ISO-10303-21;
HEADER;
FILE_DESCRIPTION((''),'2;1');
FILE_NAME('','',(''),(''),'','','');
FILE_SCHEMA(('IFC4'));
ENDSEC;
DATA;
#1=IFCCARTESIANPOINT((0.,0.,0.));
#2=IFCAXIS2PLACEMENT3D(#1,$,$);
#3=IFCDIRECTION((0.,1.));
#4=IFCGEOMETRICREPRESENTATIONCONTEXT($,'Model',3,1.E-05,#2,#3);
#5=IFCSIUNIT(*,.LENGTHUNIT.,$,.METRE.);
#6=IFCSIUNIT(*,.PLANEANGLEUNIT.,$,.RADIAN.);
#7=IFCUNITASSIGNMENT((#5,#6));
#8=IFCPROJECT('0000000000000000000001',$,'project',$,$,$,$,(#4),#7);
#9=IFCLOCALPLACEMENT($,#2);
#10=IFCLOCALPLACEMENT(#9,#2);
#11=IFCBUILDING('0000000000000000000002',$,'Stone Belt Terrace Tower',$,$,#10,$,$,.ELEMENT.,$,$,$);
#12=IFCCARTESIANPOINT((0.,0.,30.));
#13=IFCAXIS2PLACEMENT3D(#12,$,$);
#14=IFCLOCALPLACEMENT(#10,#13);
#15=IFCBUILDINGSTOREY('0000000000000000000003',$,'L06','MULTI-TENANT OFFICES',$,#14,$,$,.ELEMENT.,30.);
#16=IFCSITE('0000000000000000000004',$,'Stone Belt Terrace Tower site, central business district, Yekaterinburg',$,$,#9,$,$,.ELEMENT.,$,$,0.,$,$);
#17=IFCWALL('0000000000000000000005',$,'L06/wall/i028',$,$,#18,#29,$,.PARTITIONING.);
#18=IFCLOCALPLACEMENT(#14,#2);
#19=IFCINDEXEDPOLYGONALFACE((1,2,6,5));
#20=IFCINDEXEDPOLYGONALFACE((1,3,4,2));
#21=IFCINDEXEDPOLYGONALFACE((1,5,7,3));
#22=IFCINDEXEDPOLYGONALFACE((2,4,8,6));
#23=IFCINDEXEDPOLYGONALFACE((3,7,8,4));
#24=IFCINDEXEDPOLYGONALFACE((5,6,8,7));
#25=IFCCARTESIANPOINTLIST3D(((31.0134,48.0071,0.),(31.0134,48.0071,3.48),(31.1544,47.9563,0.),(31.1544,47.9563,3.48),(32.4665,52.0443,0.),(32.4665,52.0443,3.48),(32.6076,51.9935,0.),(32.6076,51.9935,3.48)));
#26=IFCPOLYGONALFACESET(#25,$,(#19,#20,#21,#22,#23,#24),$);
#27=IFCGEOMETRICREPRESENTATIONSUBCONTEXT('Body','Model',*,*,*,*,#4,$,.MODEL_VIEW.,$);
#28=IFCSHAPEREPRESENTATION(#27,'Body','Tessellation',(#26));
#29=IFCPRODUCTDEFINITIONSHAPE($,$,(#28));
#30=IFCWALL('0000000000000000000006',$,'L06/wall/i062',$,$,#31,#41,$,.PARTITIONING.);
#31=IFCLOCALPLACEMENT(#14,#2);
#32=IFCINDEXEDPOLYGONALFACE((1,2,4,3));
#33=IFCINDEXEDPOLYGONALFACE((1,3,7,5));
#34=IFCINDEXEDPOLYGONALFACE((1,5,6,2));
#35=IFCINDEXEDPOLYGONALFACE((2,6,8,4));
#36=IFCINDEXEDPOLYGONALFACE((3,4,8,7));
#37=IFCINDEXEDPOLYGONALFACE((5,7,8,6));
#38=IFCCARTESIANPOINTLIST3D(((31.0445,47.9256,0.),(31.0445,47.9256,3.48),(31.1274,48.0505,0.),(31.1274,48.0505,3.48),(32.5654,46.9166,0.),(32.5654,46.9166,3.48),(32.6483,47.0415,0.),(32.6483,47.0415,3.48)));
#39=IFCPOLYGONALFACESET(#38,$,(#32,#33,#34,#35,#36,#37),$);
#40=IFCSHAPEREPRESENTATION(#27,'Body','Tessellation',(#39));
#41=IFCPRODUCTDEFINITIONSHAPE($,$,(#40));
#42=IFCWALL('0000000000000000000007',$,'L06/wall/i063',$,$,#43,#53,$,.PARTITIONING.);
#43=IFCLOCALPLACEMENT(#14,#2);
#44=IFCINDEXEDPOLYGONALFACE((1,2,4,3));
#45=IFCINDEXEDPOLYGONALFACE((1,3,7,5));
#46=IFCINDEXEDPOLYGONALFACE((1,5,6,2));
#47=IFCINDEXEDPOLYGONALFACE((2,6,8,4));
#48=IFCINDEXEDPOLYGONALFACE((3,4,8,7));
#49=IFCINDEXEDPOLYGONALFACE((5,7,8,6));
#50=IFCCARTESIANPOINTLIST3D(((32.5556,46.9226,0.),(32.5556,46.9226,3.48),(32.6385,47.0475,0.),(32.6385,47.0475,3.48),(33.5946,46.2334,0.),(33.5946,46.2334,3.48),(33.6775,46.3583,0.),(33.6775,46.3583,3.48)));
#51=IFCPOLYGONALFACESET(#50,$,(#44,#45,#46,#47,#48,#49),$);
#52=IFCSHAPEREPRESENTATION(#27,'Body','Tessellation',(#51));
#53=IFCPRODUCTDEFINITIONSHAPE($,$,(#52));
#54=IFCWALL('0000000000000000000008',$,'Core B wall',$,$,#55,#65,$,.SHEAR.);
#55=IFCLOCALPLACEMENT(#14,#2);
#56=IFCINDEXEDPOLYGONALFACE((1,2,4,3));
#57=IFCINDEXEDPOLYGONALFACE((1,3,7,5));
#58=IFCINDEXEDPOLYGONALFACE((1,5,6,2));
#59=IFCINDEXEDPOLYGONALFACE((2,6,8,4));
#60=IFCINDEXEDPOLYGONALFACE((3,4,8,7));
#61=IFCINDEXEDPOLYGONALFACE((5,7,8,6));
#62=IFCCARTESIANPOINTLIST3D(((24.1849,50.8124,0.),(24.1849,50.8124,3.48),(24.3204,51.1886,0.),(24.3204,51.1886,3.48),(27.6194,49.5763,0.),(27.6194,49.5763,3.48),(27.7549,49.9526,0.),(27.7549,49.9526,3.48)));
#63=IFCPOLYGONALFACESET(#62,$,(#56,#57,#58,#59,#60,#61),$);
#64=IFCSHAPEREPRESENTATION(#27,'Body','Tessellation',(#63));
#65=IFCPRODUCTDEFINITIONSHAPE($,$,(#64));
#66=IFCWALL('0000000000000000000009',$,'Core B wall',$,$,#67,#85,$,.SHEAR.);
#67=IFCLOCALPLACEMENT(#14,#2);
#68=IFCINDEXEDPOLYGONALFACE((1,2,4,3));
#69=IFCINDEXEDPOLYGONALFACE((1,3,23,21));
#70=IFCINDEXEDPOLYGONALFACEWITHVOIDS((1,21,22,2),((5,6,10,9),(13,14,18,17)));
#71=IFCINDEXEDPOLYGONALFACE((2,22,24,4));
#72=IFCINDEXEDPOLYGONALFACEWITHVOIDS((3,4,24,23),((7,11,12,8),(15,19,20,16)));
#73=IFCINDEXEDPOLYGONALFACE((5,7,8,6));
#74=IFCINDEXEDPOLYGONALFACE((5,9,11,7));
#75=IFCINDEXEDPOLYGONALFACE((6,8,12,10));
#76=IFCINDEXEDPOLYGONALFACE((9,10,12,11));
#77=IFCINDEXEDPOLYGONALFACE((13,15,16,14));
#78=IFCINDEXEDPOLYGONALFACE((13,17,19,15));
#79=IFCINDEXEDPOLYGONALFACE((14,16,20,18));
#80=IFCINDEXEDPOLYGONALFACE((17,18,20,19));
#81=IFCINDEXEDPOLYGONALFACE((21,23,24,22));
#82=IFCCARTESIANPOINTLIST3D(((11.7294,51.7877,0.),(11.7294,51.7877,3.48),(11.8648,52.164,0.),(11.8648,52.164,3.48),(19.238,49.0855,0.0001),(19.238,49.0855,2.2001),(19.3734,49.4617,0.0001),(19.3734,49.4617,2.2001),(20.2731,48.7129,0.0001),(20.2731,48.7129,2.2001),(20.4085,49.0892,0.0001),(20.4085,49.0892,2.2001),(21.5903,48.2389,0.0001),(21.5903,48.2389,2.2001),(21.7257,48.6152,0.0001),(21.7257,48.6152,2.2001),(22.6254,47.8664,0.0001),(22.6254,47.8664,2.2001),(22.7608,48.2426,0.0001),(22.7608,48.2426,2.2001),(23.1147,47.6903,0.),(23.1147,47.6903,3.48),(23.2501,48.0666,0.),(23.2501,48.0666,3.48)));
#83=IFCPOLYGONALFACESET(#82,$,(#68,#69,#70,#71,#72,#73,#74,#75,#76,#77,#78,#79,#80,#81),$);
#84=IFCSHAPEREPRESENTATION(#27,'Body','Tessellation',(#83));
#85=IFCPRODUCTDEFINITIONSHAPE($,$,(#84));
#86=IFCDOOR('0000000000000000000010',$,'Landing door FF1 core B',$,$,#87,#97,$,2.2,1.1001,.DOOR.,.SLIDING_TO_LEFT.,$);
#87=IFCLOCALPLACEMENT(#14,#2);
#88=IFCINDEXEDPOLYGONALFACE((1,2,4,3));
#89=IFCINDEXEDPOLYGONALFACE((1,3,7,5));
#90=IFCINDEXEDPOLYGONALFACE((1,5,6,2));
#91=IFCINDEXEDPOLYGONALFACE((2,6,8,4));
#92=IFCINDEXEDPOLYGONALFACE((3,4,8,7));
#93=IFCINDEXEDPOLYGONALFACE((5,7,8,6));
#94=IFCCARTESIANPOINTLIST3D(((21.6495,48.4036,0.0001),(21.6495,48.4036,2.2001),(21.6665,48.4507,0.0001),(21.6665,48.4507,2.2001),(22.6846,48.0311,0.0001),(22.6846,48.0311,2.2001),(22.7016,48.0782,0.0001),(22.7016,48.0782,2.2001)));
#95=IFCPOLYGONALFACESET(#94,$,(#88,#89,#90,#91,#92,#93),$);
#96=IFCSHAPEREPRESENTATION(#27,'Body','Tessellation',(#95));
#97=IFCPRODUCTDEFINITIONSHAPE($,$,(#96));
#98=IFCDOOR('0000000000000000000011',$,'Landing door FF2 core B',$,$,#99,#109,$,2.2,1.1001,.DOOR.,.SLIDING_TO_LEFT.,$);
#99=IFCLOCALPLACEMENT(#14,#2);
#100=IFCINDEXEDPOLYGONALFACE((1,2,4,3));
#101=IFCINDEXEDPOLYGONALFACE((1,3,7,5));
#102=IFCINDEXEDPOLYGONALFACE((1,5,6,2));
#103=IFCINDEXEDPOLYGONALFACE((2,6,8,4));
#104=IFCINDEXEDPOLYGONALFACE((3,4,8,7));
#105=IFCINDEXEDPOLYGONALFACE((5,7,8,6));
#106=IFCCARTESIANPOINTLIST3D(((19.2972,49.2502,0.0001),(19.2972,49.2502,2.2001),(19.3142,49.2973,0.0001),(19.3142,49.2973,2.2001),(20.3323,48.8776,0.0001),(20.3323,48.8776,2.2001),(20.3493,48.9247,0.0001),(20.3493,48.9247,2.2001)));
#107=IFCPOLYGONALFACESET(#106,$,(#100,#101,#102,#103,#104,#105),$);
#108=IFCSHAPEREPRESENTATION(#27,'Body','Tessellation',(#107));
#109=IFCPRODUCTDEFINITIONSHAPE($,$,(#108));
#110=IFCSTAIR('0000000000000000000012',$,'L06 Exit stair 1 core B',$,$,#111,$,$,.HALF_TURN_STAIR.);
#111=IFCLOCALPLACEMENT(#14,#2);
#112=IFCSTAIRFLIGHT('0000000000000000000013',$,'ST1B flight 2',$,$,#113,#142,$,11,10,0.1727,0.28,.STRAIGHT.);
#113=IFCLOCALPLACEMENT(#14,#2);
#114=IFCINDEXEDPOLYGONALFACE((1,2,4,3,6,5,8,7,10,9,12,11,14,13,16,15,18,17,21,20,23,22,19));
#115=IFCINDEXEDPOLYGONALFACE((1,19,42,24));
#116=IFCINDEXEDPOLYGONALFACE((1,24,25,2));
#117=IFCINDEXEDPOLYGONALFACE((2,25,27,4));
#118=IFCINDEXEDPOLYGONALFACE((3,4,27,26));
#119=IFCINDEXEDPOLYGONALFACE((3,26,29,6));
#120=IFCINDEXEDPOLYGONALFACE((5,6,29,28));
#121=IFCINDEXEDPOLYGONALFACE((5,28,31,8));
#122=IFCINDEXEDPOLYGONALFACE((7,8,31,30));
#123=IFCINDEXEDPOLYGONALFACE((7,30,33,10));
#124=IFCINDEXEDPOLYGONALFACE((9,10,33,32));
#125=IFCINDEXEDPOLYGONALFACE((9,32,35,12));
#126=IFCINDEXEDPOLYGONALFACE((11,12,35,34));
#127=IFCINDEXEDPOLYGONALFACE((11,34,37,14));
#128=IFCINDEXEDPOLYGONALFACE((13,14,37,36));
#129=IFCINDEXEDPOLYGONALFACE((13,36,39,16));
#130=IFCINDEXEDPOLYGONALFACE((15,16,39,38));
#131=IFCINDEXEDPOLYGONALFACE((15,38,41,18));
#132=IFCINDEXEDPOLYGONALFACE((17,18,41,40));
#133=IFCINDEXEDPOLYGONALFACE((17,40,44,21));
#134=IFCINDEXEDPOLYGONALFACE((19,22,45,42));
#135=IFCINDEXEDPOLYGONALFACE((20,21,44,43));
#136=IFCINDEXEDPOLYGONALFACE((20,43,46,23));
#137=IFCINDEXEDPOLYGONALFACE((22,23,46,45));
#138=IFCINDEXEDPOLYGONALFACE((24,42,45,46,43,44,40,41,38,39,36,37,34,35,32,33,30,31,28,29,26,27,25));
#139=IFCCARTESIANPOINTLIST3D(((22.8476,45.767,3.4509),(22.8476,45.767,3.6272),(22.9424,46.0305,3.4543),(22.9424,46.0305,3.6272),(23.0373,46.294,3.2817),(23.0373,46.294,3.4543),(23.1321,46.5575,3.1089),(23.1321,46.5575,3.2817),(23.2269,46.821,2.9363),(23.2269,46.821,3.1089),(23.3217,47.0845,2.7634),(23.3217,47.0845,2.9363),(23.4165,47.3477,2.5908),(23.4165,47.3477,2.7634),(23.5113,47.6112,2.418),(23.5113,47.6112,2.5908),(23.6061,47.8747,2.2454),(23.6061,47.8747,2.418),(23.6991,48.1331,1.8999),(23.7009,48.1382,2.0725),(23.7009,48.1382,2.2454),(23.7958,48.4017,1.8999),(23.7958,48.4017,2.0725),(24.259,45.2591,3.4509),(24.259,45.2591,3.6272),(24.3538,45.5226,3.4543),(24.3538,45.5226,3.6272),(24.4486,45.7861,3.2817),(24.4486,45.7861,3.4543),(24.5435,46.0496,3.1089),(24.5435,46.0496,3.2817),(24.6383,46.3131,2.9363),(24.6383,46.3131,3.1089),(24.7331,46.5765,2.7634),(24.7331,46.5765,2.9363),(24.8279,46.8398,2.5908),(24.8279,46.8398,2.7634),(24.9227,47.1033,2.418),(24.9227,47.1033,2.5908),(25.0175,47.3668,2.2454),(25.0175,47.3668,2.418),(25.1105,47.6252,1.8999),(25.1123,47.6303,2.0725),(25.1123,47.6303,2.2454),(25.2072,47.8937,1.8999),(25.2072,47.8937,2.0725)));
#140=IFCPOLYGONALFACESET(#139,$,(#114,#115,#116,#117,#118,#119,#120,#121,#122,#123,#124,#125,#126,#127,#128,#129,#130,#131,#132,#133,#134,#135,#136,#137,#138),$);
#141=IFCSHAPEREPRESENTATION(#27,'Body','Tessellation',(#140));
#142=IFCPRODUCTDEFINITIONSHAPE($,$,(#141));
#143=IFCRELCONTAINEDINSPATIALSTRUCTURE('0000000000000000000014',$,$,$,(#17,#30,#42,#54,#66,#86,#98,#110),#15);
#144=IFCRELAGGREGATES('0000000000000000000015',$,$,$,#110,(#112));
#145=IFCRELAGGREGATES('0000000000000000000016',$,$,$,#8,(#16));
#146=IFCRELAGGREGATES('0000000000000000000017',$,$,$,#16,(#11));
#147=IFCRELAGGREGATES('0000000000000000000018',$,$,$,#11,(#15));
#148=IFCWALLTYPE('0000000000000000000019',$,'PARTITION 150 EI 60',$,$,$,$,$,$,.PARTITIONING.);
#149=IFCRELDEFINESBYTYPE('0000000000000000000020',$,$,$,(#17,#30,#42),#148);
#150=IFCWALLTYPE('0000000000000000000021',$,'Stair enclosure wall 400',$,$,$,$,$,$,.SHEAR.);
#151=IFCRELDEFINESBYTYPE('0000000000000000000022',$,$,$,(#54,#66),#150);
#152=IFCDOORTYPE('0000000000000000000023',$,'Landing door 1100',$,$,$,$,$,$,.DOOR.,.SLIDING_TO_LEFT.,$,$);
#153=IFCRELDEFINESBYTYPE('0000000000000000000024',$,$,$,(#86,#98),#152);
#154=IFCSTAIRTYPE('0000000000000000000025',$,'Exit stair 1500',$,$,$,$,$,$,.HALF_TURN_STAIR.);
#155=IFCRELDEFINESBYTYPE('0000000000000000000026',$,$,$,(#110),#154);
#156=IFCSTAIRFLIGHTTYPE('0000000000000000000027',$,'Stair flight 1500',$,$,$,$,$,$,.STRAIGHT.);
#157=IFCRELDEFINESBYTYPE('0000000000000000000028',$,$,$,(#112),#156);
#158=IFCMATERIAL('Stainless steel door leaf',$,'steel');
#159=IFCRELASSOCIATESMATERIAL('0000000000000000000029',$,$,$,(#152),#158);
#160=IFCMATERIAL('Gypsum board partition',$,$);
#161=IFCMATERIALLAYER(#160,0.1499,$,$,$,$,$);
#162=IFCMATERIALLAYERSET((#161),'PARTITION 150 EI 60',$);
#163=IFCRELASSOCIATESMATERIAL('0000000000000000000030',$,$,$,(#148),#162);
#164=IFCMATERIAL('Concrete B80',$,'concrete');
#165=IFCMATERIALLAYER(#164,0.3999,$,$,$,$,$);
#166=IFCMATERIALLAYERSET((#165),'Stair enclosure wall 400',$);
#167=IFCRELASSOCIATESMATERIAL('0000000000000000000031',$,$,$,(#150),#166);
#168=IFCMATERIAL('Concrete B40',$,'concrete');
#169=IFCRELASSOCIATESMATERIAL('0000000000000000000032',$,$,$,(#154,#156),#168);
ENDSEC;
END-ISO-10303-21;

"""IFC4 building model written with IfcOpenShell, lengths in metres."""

from ifc_helpers import new_model, si_unit, direction, frame, frame_2d, origin, place, context, subcontext, project, spatial, polyline, rectangle, outline, extrude, material, layer, layer_set, type_object, element, fill, aggregate, save


model = new_model("IFC4")

# Units and contexts
model_context = context("Model", 3, precision=1e-05, world=origin(), true_north=direction((0.0, 1.0)))
body_context = subcontext(model_context, "Body", "Model", "MODEL_VIEW")
ifc_project = project(units=[si_unit("LENGTHUNIT", "METRE"), si_unit("PLANEANGLEUNIT", "RADIAN")], contexts=[model_context])

# Site, building, storey
site_placement = place(None, origin())
site = spatial("IfcSite", under=ifc_project, at=site_placement, Name="Stone Belt Terrace Tower site, central business district, Yekaterinburg", CompositionType="ELEMENT", RefElevation=0.0)
building_placement = place(site_placement, origin())
building = spatial("IfcBuilding", under=site, at=building_placement, Name="Stone Belt Terrace Tower", CompositionType="ELEMENT")
storey_placement = place(building_placement, frame((0.0, 0.0, 30.0)))
storey = spatial("IfcBuildingStorey", under=building, at=storey_placement, Name="L06", Description="MULTI-TENANT OFFICES", CompositionType="ELEMENT", Elevation=30.0)

# Shared definitions
ifc_material_1 = material(Name="Concrete B80", Category="concrete")

# Shared definitions
ifc_material_2 = material(Name="Stainless steel door leaf", Category="steel")

# Shared definitions
door_type_1 = type_object("IfcDoorType", Name="Landing door 1100", OperationType="SLIDING_TO_LEFT", PredefinedType="DOOR", material=ifc_material_2)

# Shared definitions
ifc_material_3 = material(Name="Gypsum board partition")
ifc_layer_1 = layer(ifc_material_3, 0.1499)
ifc_layer_set_1 = layer_set([ifc_layer_1], Name="PARTITION 150 EI 60")
wall_type_1 = type_object("IfcWallType", Name="PARTITION 150 EI 60", PredefinedType="PARTITIONING", material=ifc_layer_set_1)

# Walls
wall_1_placement = place(storey_placement, frame((32.5371, 52.019, 0.0), z_axis=(0.0, 0.0, 1.0), x_axis=(-0.338671, -0.940905, 0.0)))
element("IfcWall", 1, at=wall_1_placement, inside=storey, type_object=wall_type_1, Name="L06/wall/i028", PredefinedType="PARTITIONING", context=body_context, shape_type="SweptSolid", body=[
    extrude(rectangle(XDim=4.2908, YDim=0.1499, at=frame_2d((2.1455, 0.0))), origin(), (0.0, 0.0, 1.0), 3.48),
])
wall_2_placement = place(storey_placement, frame((31.0859, 47.988, 0.0), z_axis=(0.0, 0.0, 1.0), x_axis=(0.833303, -0.552816, 0.0)))
element("IfcWall", 2, at=wall_2_placement, inside=storey, type_object=wall_type_1, Name="L06/wall/i062", PredefinedType="PARTITIONING", context=body_context, shape_type="SweptSolid", body=[
    extrude(rectangle(XDim=1.8252, YDim=0.1499, at=frame_2d((0.9126, 0.0))), origin(), (0.0, 0.0, 1.0), 3.48),
])
wall_3_placement = place(storey_placement, frame((32.5969, 46.9851, 0.0), z_axis=(0.0, 0.0, 1.0), x_axis=(0.833343, -0.552756, 0.0)))
element("IfcWall", 3, at=wall_3_placement, inside=storey, type_object=wall_type_1, Name="L06/wall/i063", PredefinedType="PARTITIONING", context=body_context, shape_type="SweptSolid", body=[
    extrude(rectangle(XDim=1.2468, YDim=0.1499, at=frame_2d((0.6235, 0.0))), origin(), (0.0, 0.0, 1.0), 3.48),
])
ifc_layer_2 = layer(ifc_material_1, 0.3999)
ifc_layer_set_2 = layer_set([ifc_layer_2], Name="Stair enclosure wall 400")
wall_type_2 = type_object("IfcWallType", Name="Stair enclosure wall 400", PredefinedType="SHEAR", material=ifc_layer_set_2)
wall_4_placement = place(storey_placement, frame((27.6873, 49.7644, 0.0), z_axis=(0.0, 0.0, 1.0), x_axis=(-0.940919, 0.338632, 0.0)))
element("IfcWall", 4, at=wall_4_placement, inside=storey, type_object=wall_type_2, Name="Core B wall", PredefinedType="SHEAR", context=body_context, shape_type="SweptSolid", body=[
    extrude(rectangle(XDim=3.6501, YDim=0.3999, at=frame_2d((1.8252, 0.0))), origin(), (0.0, 0.0, 1.0), 3.48),
])

# Wall, openings, doors
wall_5_placement = place(storey_placement, frame((23.1824, 47.8784, 0.0), z_axis=(0.0, 0.0, 1.0), x_axis=(-0.940921, 0.338626, 0.0)))
wall_5 = element("IfcWall", 5, at=wall_5_placement, inside=storey, type_object=wall_type_2, Name="Core B wall", PredefinedType="SHEAR", context=body_context, shape_type="SweptSolid", body=[
    extrude(rectangle(XDim=12.1001, YDim=0.3999, at=frame_2d((6.05, 0.0))), origin(), (0.0, 0.0, 1.0), 3.48),
])
opening_1_placement = place(wall_5_placement, frame((0.52, 0.0, 0.0)))
opening_1 = element("IfcOpeningElement", 6, at=opening_1_placement, cuts=wall_5, PredefinedType="OPENING", context=body_context, shape_type="SweptSolid", body=[
    extrude(rectangle(XDim=1.1001, YDim=2.2, at=frame_2d((0.55, 1.1001))), frame((0.0, 0.21, 0.0), z_axis=(0.0, -1.0, 0.0), x_axis=(1.0, 0.0, 0.0)), (0.0, 0.0, 1.0), 0.4199),
])
opening_2_placement = place(wall_5_placement, frame((3.02, 0.0, 0.0)))
opening_2 = element("IfcOpeningElement", 7, at=opening_2_placement, cuts=wall_5, PredefinedType="OPENING", context=body_context, shape_type="SweptSolid", body=[
    extrude(rectangle(XDim=1.1001, YDim=2.2, at=frame_2d((0.55, 1.1001))), frame((0.0, 0.21, 0.0), z_axis=(0.0, -1.0, 0.0), x_axis=(1.0, 0.0, 0.0)), (0.0, 0.0, 1.0), 0.4199),
])
door_1_placement = place(opening_1_placement, origin())
door_1 = element("IfcDoor", 8, at=door_1_placement, inside=storey, type_object=door_type_1, Name="Landing door FF1 core B", OperationType="SLIDING_TO_LEFT", OverallHeight=2.2, OverallWidth=1.1001, PredefinedType="DOOR", context=body_context, shape_type="SweptSolid", body=[
    extrude(rectangle(XDim=1.1001, YDim=2.2, at=frame_2d((0.55, 1.1001))), frame((0.0, 0.0249, 0.0), z_axis=(0.0, -1.0, 0.0), x_axis=(1.0, 0.0, 0.0)), (0.0, 0.0, 1.0), 0.05),
])
fill(opening_1, door_1)
door_2_placement = place(opening_2_placement, origin())
door_2 = element("IfcDoor", 9, at=door_2_placement, inside=storey, type_object=door_type_1, Name="Landing door FF2 core B", OperationType="SLIDING_TO_LEFT", OverallHeight=2.2, OverallWidth=1.1001, PredefinedType="DOOR", context=body_context, shape_type="SweptSolid", body=[
    extrude(rectangle(XDim=1.1001, YDim=2.2, at=frame_2d((0.55, 1.1001))), frame((0.0, 0.0249, 0.0), z_axis=(0.0, -1.0, 0.0), x_axis=(1.0, 0.0, 0.0)), (0.0, 0.0, 1.0), 0.05),
])
fill(opening_2, door_2)

# Stair, stair flight
ifc_material_4 = material(Name="Concrete B40", Category="concrete")
stair_type = type_object("IfcStairType", Name="Exit stair 1500", PredefinedType="HALF_TURN_STAIR", material=ifc_material_4)
stair_placement = place(storey_placement, origin())
stair = element("IfcStair", 10, at=stair_placement, inside=storey, type_object=stair_type, Name="L06 Exit stair 1 core B", PredefinedType="HALF_TURN_STAIR")
stair_flight_type = type_object("IfcStairFlightType", Name="Stair flight 1500", PredefinedType="STRAIGHT", material=ifc_material_4)
stair_flight_placement = place(storey_placement, frame((24.5015, 48.1477, 1.8999), z_axis=(0.0, 0.0, 1.0), x_axis=(-0.338624, -0.940922, 0.0)))
stair_flight = element("IfcStairFlight", 11, at=stair_flight_placement, type_object=stair_flight_type, Name="ST1B flight 2", NumberOfRisers=11, NumberOfTreads=10, PredefinedType="STRAIGHT", RiserHeight=0.1727, TreadLength=0.28, context=body_context, shape_type="SweptSolid", body=[
    extrude(outline(polyline([(0.0, 0.0), (0.0, 0.1726), (0.28, 0.1726), (0.28, 0.3455), (0.5601, 0.3455), (0.5601, 0.5181), (0.8401, 0.5181), (0.8401, 0.6909), (1.1201, 0.6909), (1.1201, 0.8635), (1.3999, 0.8635), (1.3999, 1.0364), (1.6799, 1.0364), (1.6799, 1.209), (1.96, 1.209), (1.96, 1.3818), (2.24, 1.3818), (2.24, 1.5544), (2.52, 1.5544), (2.52, 1.7273), (2.8, 1.7273), (2.8, 1.8999), (2.8, 1.551), (0.2854, 0.0), (0.0, 0.0)])), frame((0.0, 0.75, 0.0), z_axis=(0.0, -1.0, 0.0), x_axis=(1.0, 0.0, 0.0)), (0.0, 0.0, 1.0), 1.5),
])
aggregate(stair, [stair_flight])

save(model, "model.ifc")
